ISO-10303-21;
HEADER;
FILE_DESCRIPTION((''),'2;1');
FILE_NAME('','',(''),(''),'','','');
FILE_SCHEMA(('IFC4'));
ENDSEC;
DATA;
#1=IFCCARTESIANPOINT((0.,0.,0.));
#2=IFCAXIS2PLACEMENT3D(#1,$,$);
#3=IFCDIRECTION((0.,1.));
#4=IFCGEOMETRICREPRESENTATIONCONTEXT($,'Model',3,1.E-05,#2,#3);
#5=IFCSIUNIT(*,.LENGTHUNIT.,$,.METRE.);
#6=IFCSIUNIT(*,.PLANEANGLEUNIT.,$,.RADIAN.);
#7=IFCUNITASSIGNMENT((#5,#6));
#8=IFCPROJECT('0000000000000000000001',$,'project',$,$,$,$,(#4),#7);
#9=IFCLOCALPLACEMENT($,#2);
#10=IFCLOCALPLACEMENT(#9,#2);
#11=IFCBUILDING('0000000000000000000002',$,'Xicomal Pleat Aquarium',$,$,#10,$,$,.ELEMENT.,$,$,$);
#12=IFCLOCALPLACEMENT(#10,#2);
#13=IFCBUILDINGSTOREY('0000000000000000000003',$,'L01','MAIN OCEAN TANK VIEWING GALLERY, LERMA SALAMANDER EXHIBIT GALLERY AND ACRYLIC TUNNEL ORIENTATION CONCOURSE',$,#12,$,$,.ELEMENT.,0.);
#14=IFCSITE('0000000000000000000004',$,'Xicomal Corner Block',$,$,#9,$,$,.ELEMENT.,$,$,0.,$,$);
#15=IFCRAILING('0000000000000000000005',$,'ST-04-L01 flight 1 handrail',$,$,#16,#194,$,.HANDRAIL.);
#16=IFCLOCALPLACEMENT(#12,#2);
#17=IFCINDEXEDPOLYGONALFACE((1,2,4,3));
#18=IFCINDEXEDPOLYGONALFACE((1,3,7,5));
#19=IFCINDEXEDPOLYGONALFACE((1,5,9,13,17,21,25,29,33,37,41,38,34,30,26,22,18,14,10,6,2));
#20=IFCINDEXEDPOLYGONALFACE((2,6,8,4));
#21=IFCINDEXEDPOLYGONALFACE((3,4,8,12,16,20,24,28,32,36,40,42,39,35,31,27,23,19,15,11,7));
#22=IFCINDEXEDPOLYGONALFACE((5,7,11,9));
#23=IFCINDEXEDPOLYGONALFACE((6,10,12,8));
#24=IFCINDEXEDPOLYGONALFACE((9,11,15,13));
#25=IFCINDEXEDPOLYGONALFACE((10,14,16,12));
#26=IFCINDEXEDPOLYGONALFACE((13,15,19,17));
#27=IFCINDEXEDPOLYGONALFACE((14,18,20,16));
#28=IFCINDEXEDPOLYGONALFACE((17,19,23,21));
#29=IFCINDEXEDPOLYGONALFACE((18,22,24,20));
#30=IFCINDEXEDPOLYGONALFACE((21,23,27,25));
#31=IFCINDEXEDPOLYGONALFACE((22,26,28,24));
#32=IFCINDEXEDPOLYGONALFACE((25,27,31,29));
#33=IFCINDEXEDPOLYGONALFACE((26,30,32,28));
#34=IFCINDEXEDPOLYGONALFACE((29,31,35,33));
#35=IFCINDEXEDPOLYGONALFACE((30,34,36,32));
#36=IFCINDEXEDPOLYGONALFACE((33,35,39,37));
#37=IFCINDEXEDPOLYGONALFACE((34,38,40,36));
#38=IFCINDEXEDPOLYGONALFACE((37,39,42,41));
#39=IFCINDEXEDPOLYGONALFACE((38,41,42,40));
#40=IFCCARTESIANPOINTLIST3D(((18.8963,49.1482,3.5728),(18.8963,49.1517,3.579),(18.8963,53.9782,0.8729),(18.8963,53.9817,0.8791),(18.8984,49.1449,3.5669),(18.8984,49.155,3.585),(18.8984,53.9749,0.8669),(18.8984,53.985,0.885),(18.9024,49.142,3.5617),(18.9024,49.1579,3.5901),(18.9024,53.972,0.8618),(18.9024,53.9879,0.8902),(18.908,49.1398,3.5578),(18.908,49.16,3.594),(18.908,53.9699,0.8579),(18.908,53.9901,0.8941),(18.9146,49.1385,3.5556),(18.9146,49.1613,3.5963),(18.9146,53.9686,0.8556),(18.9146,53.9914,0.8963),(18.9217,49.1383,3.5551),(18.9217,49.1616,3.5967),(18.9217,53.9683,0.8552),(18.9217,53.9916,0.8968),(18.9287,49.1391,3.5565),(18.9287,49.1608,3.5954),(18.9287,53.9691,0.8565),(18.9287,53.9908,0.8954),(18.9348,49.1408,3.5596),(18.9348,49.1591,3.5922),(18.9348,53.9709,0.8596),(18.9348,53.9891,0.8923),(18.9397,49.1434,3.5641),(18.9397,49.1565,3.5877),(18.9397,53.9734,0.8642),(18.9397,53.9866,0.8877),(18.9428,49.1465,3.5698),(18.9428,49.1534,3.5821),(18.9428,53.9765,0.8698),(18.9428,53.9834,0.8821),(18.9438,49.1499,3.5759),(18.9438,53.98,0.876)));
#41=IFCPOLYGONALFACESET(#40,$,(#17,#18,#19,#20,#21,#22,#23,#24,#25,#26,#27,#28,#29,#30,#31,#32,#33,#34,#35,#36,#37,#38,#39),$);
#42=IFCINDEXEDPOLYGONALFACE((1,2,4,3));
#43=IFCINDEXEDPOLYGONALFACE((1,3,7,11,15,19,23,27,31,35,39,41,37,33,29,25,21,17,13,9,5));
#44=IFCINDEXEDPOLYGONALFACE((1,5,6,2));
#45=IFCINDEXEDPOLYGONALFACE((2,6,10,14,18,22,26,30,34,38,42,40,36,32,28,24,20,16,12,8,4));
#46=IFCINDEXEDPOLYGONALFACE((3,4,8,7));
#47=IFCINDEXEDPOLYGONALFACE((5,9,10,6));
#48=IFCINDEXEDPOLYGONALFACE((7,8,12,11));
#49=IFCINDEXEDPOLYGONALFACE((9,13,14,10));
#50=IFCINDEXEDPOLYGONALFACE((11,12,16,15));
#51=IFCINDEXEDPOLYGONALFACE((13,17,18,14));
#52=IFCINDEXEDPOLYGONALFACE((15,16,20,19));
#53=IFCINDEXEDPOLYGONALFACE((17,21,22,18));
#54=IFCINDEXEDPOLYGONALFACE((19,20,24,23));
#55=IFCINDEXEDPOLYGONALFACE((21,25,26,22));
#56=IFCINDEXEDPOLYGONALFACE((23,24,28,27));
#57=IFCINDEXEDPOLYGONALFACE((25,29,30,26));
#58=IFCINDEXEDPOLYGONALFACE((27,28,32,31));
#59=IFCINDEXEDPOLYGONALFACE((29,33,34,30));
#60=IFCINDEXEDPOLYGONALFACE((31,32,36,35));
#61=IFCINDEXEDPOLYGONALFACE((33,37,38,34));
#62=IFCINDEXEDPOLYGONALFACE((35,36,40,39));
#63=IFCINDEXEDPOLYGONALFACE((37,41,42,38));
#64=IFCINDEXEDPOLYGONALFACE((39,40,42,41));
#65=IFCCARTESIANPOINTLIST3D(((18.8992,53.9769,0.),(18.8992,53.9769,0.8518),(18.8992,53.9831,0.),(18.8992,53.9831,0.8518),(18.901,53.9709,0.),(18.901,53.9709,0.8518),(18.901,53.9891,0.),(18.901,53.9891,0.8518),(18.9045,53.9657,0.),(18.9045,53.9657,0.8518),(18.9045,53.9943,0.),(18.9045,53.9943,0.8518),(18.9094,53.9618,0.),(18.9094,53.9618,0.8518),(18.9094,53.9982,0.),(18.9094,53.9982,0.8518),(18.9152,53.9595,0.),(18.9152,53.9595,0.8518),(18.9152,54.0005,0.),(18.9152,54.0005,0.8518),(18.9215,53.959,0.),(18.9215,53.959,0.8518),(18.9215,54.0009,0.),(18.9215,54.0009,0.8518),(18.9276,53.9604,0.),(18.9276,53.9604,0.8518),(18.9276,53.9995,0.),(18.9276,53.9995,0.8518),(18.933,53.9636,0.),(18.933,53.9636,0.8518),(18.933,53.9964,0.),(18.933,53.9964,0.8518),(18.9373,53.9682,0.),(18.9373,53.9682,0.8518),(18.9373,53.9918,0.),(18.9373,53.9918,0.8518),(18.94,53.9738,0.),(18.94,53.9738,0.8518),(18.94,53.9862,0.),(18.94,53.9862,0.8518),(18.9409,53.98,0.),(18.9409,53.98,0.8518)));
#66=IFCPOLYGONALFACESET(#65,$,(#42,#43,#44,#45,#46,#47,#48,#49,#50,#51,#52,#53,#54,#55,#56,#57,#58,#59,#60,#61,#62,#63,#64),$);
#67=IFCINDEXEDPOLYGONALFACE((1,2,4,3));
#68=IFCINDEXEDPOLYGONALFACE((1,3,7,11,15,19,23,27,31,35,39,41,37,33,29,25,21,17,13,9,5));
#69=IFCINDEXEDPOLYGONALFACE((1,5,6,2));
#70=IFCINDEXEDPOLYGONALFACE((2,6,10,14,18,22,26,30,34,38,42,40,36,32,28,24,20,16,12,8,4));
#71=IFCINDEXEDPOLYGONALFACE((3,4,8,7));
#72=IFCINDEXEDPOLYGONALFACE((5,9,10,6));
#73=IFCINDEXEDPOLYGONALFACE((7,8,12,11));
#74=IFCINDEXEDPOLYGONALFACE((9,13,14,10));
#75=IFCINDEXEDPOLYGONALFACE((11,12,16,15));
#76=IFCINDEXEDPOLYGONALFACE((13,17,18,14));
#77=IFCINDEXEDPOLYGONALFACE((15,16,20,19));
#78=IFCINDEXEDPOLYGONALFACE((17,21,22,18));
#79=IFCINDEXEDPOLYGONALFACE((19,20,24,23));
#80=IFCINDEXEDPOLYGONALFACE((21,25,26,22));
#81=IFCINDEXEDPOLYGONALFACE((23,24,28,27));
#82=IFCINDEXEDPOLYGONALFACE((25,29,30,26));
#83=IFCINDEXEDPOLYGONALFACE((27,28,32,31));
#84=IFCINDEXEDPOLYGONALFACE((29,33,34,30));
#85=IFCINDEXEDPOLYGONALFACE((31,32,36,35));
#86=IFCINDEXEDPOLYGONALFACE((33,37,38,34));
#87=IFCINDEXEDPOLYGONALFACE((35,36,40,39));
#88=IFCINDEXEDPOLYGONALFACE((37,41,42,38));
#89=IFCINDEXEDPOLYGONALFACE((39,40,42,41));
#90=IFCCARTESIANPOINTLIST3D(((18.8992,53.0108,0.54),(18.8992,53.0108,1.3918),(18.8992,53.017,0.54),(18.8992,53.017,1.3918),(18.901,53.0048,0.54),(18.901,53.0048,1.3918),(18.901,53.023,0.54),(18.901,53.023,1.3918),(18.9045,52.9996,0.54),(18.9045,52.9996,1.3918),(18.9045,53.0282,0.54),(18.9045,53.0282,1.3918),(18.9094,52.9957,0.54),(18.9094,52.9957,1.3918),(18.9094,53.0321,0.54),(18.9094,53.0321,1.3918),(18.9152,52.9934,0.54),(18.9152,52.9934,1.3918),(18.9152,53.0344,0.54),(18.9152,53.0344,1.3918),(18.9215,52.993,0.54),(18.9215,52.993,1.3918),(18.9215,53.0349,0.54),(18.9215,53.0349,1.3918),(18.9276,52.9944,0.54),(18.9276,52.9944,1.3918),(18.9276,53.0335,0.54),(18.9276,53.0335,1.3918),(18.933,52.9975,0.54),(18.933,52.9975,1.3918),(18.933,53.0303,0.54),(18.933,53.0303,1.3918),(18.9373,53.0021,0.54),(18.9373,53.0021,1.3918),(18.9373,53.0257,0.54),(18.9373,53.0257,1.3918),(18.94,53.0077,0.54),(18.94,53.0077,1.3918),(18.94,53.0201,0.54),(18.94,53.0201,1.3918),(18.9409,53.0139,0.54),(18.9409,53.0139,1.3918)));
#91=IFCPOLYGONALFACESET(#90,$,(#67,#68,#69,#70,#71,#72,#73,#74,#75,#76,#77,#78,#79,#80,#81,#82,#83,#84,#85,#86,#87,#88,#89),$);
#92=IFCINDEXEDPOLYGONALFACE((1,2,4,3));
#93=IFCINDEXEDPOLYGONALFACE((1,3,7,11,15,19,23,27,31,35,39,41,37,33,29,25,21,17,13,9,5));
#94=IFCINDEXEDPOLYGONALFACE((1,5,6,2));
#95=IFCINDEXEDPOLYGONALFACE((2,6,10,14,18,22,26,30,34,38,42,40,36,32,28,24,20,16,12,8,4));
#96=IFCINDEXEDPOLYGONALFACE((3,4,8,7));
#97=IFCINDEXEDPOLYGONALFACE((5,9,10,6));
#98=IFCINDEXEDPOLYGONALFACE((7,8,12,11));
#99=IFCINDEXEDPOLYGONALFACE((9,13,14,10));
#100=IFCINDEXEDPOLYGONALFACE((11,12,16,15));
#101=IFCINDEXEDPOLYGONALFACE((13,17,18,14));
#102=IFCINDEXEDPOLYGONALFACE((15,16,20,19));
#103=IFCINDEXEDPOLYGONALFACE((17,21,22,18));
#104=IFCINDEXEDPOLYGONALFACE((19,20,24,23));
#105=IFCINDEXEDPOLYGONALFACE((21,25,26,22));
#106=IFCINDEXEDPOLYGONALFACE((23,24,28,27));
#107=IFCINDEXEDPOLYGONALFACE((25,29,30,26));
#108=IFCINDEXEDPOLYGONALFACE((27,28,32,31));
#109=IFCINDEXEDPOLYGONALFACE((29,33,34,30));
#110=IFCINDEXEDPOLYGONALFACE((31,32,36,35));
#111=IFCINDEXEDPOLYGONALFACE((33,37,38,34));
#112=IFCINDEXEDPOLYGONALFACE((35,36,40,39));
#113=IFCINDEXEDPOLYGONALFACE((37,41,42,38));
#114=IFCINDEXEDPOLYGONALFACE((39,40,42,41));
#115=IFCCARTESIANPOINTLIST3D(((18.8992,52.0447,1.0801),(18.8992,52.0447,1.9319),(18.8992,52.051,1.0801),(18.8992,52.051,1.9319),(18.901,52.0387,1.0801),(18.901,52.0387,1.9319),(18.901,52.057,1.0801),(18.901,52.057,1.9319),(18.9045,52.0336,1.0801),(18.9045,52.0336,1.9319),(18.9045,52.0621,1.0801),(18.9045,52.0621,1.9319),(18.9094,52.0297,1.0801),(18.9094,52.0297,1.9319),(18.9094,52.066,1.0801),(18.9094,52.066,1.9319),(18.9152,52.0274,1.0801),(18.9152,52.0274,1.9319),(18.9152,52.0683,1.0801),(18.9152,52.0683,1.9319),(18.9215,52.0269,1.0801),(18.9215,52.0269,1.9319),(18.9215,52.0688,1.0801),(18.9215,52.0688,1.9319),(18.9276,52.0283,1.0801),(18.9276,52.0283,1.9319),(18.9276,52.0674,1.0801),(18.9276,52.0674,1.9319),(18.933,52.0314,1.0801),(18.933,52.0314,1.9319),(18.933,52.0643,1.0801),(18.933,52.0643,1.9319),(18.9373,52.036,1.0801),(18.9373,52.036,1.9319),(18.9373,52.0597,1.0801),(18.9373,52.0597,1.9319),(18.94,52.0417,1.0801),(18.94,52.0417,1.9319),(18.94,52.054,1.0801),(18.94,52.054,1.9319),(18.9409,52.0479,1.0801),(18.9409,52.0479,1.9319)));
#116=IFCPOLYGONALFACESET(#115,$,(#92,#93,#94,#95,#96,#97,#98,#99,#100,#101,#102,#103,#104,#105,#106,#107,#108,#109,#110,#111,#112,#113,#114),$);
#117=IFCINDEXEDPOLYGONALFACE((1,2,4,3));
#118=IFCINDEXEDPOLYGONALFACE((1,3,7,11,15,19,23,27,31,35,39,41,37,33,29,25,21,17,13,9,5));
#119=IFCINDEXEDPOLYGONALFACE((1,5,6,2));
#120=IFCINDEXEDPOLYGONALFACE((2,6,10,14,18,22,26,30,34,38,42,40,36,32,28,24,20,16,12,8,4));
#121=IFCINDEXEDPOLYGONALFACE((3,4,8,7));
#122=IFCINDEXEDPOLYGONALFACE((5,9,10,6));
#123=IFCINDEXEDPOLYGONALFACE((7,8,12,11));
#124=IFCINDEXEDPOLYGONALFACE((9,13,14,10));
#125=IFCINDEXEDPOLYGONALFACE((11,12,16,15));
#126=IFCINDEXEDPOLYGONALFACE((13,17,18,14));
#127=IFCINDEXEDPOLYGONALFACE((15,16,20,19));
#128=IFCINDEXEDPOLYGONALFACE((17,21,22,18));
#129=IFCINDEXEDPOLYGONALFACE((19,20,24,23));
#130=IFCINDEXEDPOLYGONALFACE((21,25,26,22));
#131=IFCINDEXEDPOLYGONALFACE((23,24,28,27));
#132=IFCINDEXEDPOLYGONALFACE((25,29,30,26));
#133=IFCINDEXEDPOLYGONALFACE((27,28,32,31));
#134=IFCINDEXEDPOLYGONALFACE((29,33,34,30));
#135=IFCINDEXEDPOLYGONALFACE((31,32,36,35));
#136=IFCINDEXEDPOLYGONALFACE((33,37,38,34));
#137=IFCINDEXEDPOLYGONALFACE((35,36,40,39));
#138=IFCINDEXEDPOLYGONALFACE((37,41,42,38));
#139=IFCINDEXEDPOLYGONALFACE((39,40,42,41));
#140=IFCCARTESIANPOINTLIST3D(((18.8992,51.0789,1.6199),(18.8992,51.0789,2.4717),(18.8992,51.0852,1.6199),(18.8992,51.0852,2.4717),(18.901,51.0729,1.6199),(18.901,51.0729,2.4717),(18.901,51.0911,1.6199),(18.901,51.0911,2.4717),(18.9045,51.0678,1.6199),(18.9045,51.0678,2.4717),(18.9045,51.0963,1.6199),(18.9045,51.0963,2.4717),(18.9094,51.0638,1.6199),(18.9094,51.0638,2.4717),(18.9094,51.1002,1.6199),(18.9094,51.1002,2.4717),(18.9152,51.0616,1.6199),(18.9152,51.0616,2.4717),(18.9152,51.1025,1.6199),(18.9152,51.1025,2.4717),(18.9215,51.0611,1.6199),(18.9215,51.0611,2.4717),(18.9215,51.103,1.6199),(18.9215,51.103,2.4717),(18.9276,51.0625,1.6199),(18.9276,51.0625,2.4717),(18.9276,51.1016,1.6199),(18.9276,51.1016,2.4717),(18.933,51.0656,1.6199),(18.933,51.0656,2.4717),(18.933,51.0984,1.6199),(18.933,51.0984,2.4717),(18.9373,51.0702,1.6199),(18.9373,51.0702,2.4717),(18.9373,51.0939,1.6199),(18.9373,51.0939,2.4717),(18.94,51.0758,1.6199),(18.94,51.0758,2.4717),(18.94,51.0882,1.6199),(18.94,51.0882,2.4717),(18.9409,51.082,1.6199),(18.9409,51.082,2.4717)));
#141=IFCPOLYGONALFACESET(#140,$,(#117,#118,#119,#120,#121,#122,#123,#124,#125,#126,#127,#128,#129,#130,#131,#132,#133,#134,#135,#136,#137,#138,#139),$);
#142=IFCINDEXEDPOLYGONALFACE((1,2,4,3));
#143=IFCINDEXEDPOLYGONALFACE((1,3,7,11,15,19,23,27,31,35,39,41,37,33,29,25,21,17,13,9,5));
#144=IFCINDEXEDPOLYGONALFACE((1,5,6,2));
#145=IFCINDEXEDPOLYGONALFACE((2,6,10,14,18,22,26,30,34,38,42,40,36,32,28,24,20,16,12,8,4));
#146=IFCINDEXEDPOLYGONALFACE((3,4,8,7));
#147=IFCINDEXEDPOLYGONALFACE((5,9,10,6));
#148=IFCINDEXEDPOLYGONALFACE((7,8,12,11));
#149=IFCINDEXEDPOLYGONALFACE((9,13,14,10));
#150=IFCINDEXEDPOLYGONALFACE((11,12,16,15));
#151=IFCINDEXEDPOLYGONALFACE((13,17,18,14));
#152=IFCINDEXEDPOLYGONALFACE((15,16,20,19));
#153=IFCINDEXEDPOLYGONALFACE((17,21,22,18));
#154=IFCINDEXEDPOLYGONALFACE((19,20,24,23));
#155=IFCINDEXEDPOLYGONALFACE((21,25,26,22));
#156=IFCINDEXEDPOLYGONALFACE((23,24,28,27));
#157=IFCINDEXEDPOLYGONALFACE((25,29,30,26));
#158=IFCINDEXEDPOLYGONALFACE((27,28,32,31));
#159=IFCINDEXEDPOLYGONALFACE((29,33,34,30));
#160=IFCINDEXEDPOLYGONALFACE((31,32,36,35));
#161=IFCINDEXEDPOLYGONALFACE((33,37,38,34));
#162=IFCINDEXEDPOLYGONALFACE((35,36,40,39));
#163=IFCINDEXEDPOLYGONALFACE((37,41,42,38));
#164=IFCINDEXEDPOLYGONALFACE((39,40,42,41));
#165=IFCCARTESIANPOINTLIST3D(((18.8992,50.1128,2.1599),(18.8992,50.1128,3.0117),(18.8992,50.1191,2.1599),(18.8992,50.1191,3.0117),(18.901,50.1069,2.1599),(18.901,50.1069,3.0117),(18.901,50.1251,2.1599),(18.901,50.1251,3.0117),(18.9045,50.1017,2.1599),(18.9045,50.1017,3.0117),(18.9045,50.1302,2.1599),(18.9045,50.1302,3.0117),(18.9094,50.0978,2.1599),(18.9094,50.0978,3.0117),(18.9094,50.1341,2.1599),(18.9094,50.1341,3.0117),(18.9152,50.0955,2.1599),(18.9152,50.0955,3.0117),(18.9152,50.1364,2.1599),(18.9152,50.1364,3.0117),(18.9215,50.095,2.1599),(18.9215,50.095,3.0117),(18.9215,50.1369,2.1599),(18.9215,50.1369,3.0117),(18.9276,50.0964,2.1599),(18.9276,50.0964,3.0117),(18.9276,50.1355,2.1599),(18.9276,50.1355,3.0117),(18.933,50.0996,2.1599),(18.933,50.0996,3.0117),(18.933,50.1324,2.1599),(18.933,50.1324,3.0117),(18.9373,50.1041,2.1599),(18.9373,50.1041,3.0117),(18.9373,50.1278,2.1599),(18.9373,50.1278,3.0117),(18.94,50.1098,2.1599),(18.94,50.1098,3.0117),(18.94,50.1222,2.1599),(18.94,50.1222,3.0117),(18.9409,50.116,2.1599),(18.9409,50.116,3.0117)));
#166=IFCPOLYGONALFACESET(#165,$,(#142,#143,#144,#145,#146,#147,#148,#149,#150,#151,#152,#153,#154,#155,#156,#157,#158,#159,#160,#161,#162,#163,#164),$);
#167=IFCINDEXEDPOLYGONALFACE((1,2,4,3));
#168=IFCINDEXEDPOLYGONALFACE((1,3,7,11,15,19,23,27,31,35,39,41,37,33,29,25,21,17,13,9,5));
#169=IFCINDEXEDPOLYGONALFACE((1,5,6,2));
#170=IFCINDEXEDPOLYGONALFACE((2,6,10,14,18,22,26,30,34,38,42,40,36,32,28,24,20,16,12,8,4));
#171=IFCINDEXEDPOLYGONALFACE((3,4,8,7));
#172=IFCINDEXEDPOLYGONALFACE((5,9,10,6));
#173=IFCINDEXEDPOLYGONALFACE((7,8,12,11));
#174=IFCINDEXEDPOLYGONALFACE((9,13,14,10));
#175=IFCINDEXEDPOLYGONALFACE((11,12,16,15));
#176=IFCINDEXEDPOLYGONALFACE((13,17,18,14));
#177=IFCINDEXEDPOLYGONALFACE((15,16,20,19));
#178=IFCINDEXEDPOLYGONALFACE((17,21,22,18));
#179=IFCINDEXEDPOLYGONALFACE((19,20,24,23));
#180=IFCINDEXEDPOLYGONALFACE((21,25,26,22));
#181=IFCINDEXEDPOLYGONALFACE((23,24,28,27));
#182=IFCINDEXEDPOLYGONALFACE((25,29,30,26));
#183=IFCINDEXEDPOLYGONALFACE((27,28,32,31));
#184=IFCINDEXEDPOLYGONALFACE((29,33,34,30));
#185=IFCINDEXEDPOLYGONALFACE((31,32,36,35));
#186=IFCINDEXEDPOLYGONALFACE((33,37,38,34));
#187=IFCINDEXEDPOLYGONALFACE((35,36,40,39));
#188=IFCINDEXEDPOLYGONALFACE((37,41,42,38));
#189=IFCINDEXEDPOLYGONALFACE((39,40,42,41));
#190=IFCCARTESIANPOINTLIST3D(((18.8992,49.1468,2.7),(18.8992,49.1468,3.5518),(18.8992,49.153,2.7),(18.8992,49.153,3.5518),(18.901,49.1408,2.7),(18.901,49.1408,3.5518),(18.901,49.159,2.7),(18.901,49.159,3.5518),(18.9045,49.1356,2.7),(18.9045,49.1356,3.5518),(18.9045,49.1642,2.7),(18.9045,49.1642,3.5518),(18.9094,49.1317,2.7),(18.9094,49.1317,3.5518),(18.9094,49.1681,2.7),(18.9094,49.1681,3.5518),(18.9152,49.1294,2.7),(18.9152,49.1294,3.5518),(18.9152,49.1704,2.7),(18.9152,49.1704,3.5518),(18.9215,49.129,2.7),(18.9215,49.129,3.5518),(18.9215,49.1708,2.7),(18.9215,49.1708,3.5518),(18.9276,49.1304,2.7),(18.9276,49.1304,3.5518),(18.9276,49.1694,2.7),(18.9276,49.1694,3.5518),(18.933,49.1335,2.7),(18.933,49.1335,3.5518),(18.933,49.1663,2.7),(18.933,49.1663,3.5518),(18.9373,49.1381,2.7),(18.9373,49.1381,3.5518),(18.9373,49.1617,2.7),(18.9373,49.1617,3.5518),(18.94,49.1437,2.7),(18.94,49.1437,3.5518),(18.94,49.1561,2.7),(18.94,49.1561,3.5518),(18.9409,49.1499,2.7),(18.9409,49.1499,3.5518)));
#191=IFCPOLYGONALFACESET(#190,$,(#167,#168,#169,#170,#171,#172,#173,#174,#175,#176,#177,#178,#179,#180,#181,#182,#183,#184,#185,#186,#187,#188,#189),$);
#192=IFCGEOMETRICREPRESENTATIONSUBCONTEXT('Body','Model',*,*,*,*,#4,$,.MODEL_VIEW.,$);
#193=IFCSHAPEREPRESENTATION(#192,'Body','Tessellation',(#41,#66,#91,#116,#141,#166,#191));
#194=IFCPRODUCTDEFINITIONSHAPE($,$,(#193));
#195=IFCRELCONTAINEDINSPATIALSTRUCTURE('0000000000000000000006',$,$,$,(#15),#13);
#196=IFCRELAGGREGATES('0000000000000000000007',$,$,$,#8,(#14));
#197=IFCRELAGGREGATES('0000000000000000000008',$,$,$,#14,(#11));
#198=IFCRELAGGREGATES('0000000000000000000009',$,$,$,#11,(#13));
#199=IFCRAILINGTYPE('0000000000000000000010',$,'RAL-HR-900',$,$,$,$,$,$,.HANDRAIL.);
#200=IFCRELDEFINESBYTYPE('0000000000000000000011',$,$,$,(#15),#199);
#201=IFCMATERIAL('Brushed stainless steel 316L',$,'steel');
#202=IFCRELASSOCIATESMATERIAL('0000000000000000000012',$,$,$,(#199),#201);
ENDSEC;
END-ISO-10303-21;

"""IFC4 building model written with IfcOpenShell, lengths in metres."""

from ifc_helpers import new_model, si_unit, direction, frame, origin, origin_2d, place, context, subcontext, project, spatial, circle, extrude, material, type_object, element, save


model = new_model("IFC4")

# Units and contexts
model_context = context("Model", 3, precision=1e-05, world=origin(), true_north=direction((0.0, 1.0)))
body_context = subcontext(model_context, "Body", "Model", "MODEL_VIEW")
ifc_project = project(units=[si_unit("LENGTHUNIT", "METRE"), si_unit("PLANEANGLEUNIT", "RADIAN")], contexts=[model_context])

# Site, building, storey
site_placement = place(None, origin())
site = spatial("IfcSite", under=ifc_project, at=site_placement, Name="Xicomal Corner Block", CompositionType="ELEMENT", RefElevation=0.0)
building_placement = place(site_placement, origin())
building = spatial("IfcBuilding", under=site, at=building_placement, Name="Xicomal Pleat Aquarium", CompositionType="ELEMENT")
storey_placement = place(building_placement, origin())
storey = spatial("IfcBuildingStorey", under=building, at=storey_placement, Name="L01", Description="MAIN OCEAN TANK VIEWING GALLERY, LERMA SALAMANDER EXHIBIT GALLERY AND ACRYLIC TUNNEL ORIENTATION CONCOURSE", CompositionType="ELEMENT", Elevation=0.0)

# Railing
ifc_material_1 = material(Name="Brushed stainless steel 316L", Category="steel")
railing_type = type_object("IfcRailingType", Name="RAL-HR-900", PredefinedType="HANDRAIL", material=ifc_material_1)
railing_placement = place(storey_placement, frame((18.9199, 53.98, 0.0)))
element("IfcRailing", 1, at=railing_placement, inside=storey, type_object=railing_type, Name="ST-04-L01 flight 1 handrail", PredefinedType="HANDRAIL", context=body_context, shape_type="SweptSolid", body=[
    extrude(circle(Radius=0.0239, at=origin_2d()), frame((0.0, 0.0, 0.876), z_axis=(0.0, -0.872883, 0.48793), x_axis=(1.0, 0.0, 0.0)), (0.0, 0.0, 1.0), 5.5334),
    extrude(circle(Radius=0.021, at=origin_2d()), origin(), (0.0, 0.0, 1.0), 0.8518),
    extrude(circle(Radius=0.021, at=origin_2d()), frame((0.0, -0.9661, 0.54)), (0.0, 0.0, 1.0), 0.8518),
    extrude(circle(Radius=0.021, at=origin_2d()), frame((0.0, -1.9321, 1.0801)), (0.0, 0.0, 1.0), 0.8518),
    extrude(circle(Radius=0.021, at=origin_2d()), frame((0.0, -2.8979, 1.6199)), (0.0, 0.0, 1.0), 0.8518),
    extrude(circle(Radius=0.021, at=origin_2d()), frame((0.0, -3.864, 2.1599)), (0.0, 0.0, 1.0), 0.8518),
    extrude(circle(Radius=0.021, at=origin_2d()), frame((0.0, -4.8301, 2.7)), (0.0, 0.0, 1.0), 0.8518),
])

save(model, "model.ifc")
